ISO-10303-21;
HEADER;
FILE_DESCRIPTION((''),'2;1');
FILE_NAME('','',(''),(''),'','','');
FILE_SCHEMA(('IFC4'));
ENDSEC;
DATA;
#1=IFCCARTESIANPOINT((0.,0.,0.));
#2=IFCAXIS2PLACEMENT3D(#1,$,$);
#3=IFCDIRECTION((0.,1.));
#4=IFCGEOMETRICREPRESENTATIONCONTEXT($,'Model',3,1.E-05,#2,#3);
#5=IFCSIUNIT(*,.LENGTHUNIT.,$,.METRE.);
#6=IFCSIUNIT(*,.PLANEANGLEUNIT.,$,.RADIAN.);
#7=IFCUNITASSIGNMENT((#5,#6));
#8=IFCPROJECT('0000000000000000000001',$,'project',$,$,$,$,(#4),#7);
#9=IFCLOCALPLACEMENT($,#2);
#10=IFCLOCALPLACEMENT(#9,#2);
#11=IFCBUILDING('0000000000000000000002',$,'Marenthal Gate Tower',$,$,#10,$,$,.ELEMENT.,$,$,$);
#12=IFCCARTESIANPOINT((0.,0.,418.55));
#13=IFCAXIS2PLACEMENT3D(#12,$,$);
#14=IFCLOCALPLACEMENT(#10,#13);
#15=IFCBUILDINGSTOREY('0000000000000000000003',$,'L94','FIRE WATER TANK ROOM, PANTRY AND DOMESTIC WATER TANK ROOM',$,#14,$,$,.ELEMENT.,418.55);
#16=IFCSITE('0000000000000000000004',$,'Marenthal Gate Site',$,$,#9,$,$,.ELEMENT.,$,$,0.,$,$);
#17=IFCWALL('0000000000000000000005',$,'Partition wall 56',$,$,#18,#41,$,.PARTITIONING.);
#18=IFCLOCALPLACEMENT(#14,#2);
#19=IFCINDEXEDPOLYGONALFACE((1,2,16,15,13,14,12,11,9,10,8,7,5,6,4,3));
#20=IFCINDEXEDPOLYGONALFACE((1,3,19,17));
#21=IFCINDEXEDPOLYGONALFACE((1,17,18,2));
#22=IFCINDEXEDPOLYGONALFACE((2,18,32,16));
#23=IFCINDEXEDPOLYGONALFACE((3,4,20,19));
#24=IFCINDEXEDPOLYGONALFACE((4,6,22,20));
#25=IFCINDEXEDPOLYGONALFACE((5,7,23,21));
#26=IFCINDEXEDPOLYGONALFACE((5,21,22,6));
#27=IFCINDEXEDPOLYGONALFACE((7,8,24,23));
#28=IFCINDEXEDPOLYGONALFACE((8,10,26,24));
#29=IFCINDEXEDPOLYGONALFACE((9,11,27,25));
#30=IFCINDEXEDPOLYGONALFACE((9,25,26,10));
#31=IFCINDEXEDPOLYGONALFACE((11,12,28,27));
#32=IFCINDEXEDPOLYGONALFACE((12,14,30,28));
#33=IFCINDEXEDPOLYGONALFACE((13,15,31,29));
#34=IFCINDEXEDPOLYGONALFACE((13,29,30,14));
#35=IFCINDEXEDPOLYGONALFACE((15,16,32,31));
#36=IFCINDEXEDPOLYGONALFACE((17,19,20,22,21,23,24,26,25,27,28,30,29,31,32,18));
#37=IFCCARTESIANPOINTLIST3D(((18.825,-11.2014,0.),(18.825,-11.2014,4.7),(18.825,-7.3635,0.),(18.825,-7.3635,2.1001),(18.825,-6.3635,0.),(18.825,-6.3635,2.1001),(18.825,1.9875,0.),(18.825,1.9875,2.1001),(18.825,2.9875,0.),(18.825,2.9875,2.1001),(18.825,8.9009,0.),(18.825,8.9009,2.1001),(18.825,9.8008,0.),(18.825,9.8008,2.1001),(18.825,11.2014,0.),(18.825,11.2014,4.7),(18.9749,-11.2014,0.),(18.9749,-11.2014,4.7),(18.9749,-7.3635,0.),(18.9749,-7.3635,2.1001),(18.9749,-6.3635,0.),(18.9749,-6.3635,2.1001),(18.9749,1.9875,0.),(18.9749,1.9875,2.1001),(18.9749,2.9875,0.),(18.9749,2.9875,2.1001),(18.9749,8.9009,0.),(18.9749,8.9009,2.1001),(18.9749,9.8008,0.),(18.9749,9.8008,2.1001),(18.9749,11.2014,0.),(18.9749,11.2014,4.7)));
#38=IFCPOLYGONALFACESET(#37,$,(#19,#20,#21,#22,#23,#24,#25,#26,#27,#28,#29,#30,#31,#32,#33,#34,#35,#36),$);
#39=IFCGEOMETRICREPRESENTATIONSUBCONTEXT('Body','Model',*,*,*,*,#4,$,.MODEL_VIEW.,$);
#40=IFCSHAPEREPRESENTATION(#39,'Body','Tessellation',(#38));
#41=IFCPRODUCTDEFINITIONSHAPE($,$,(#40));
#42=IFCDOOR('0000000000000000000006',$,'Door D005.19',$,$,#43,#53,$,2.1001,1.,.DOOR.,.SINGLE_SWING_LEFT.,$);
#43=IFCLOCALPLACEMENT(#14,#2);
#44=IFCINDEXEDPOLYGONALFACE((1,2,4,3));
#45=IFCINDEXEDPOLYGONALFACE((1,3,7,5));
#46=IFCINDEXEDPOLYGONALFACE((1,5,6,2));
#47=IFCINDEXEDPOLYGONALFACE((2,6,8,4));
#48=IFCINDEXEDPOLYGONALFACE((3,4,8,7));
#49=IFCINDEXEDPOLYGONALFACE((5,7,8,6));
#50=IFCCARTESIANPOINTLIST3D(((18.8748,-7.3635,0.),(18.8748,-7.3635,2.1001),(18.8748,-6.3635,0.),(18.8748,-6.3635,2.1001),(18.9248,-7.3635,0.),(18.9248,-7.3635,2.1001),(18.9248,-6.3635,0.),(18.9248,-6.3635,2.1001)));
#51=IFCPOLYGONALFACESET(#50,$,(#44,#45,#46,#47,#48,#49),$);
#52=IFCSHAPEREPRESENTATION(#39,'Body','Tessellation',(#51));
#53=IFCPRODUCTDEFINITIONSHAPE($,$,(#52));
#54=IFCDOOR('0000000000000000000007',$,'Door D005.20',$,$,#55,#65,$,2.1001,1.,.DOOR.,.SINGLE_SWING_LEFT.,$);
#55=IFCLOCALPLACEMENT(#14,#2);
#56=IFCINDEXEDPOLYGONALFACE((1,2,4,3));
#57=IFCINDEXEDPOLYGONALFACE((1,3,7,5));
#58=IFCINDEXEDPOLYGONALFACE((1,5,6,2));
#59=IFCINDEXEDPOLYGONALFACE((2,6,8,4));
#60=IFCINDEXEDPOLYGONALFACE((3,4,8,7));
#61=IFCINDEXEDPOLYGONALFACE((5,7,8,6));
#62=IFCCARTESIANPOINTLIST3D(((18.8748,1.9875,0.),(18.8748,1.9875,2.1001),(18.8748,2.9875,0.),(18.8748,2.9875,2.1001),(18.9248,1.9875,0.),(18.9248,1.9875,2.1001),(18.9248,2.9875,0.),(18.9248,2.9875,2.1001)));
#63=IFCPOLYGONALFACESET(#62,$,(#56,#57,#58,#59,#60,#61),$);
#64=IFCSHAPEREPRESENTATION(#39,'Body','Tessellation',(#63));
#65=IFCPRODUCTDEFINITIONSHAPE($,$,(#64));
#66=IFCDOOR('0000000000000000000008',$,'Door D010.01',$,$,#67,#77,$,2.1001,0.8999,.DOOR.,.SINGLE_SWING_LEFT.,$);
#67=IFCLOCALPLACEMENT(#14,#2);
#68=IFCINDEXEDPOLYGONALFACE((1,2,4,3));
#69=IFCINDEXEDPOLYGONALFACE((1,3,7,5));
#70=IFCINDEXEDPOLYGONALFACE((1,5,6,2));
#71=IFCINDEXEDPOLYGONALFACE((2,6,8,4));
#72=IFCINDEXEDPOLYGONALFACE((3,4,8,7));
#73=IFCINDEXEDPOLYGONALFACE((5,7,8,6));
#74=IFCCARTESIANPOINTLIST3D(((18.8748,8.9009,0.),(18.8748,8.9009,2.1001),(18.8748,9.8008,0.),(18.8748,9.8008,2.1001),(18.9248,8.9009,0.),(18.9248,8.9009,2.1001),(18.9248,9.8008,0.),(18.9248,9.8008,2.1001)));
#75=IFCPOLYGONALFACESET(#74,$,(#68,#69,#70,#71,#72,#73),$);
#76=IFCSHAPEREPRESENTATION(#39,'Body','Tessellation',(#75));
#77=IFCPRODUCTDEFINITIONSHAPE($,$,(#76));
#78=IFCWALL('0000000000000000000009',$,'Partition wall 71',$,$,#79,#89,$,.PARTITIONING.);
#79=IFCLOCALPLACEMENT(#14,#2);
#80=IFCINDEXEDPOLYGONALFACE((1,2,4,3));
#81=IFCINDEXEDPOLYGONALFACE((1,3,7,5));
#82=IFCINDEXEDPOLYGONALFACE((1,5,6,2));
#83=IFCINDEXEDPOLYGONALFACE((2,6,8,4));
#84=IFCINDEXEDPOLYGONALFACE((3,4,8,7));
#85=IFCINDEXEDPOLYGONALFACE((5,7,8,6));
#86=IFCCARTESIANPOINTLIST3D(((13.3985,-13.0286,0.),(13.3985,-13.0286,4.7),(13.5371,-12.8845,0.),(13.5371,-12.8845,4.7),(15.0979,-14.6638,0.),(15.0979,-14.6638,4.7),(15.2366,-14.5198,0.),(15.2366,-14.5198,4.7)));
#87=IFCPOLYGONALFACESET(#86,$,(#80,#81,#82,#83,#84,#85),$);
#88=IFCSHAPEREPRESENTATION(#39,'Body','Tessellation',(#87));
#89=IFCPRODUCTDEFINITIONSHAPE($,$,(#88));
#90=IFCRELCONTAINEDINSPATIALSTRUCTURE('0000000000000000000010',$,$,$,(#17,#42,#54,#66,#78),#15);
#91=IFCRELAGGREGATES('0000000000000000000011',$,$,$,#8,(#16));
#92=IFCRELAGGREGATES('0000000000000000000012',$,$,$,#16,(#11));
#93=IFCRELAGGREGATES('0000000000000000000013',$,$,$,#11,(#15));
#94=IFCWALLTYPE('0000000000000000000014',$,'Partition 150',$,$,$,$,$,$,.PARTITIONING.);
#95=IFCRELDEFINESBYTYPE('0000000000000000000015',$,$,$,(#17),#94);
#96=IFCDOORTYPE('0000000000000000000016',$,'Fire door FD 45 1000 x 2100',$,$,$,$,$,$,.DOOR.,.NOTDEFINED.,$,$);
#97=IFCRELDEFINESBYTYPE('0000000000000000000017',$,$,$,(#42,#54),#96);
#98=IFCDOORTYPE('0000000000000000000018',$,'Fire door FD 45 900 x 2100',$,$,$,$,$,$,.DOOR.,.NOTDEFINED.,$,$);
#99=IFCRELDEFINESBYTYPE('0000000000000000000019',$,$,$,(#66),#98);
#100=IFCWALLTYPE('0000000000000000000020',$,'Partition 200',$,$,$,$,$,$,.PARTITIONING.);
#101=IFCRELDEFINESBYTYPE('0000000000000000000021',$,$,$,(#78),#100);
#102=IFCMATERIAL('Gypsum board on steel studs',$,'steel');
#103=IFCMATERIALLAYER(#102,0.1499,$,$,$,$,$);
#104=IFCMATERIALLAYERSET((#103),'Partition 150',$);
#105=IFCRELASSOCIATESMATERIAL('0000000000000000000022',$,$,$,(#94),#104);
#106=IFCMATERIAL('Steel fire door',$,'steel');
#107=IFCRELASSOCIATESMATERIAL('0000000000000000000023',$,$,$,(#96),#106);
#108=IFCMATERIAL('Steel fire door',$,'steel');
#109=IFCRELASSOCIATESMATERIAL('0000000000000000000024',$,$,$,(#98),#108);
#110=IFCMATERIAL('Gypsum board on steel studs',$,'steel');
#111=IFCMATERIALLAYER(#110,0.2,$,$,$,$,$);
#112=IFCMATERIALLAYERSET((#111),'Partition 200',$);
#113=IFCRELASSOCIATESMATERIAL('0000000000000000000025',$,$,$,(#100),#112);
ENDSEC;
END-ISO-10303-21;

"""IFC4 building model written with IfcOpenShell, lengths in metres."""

from ifc_helpers import new_model, si_unit, direction, frame, frame_2d, origin, place, context, subcontext, project, spatial, rectangle, extrude, material, layer, layer_set, type_object, element, fill, save


model = new_model("IFC4")

# Units and contexts
model_context = context("Model", 3, precision=1e-05, world=origin(), true_north=direction((0.0, 1.0)))
body_context = subcontext(model_context, "Body", "Model", "MODEL_VIEW")
ifc_project = project(units=[si_unit("LENGTHUNIT", "METRE"), si_unit("PLANEANGLEUNIT", "RADIAN")], contexts=[model_context])

# Site, building, storey
site_placement = place(None, origin())
site = spatial("IfcSite", under=ifc_project, at=site_placement, Name="Marenthal Gate Site", CompositionType="ELEMENT", RefElevation=0.0)
building_placement = place(site_placement, origin())
building = spatial("IfcBuilding", under=site, at=building_placement, Name="Marenthal Gate Tower", CompositionType="ELEMENT")
storey_placement = place(building_placement, frame((0.0, 0.0, 418.55)))
storey = spatial("IfcBuildingStorey", under=building, at=storey_placement, Name="L94", Description="FIRE WATER TANK ROOM, PANTRY AND DOMESTIC WATER TANK ROOM", CompositionType="ELEMENT", Elevation=418.55)

# Shared definitions
ifc_material_1 = material(Name="Gypsum board on steel studs", Category="steel")
ifc_layer_1 = layer(ifc_material_1, 0.1499)
ifc_layer_set_1 = layer_set([ifc_layer_1], Name="Partition 150")
wall_type_1 = type_object("IfcWallType", Name="Partition 150", PredefinedType="PARTITIONING", material=ifc_layer_set_1)

# Wall, openings, doors
wall_1_placement = place(storey_placement, frame((18.8999, -11.2014, 0.0), z_axis=(0.0, 0.0, 1.0), x_axis=(0.0, 1.0, 0.0)))
wall_1 = element("IfcWall", 1, at=wall_1_placement, inside=storey, type_object=wall_type_1, Name="Partition wall 56", PredefinedType="PARTITIONING", context=body_context, shape_type="SweptSolid", body=[
    extrude(rectangle(XDim=22.4028, YDim=0.1499, at=frame_2d((11.2014, 0.0))), origin(), (0.0, 0.0, 1.0), 4.7),
])
opening_1_placement = place(wall_1_placement, frame((3.8379, 0.0, 0.0)))
opening_1 = element("IfcOpeningElement", 2, at=opening_1_placement, cuts=wall_1, PredefinedType="OPENING", context=body_context, shape_type="SweptSolid", body=[
    extrude(rectangle(XDim=1.0, YDim=2.1001, at=frame_2d((0.5, 1.05))), frame((0.0, 0.085, 0.0), z_axis=(0.0, -1.0, 0.0), x_axis=(1.0, 0.0, 0.0)), (0.0, 0.0, 1.0), 0.1699),
])
opening_2_placement = place(wall_1_placement, frame((13.189, 0.0, 0.0)))
opening_2 = element("IfcOpeningElement", 3, at=opening_2_placement, cuts=wall_1, PredefinedType="OPENING", context=body_context, shape_type="SweptSolid", body=[
    extrude(rectangle(XDim=1.0, YDim=2.1001, at=frame_2d((0.5, 1.05))), frame((0.0, 0.085, 0.0), z_axis=(0.0, -1.0, 0.0), x_axis=(1.0, 0.0, 0.0)), (0.0, 0.0, 1.0), 0.1699),
])
opening_3_placement = place(wall_1_placement, frame((20.1023, 0.0, 0.0)))
opening_3 = element("IfcOpeningElement", 4, at=opening_3_placement, cuts=wall_1, PredefinedType="OPENING", context=body_context, shape_type="SweptSolid", body=[
    extrude(rectangle(XDim=0.8999, YDim=2.1001, at=frame_2d((0.45, 1.05))), frame((0.0, 0.085, 0.0), z_axis=(0.0, -1.0, 0.0), x_axis=(1.0, 0.0, 0.0)), (0.0, 0.0, 1.0), 0.1699),
])
ifc_material_2 = material(Name="Steel fire door", Category="steel")
door_type_1 = type_object("IfcDoorType", Name="Fire door FD 45 1000 x 2100", OperationType="NOTDEFINED", PredefinedType="DOOR", material=ifc_material_2)
door_1_placement = place(opening_1_placement, frame((1.0, 0.0, 0.0), z_axis=(0.0, 0.0, 1.0), x_axis=(-1.0, 0.0, 0.0)))
door_1 = element("IfcDoor", 5, at=door_1_placement, inside=storey, type_object=door_type_1, Name="Door D005.19", OperationType="SINGLE_SWING_LEFT", OverallHeight=2.1001, OverallWidth=1.0, PredefinedType="DOOR", context=body_context, shape_type="SweptSolid", body=[
    extrude(rectangle(XDim=1.0, YDim=2.1001, at=frame_2d((0.5, 1.05))), frame((0.0, 0.0249, 0.0), z_axis=(0.0, -1.0, 0.0), x_axis=(1.0, 0.0, 0.0)), (0.0, 0.0, 1.0), 0.05),
])
fill(opening_1, door_1)
door_2_placement = place(opening_2_placement, frame((1.0, 0.0, 0.0), z_axis=(0.0, 0.0, 1.0), x_axis=(-1.0, 0.0, 0.0)))
door_2 = element("IfcDoor", 6, at=door_2_placement, inside=storey, type_object=door_type_1, Name="Door D005.20", OperationType="SINGLE_SWING_LEFT", OverallHeight=2.1001, OverallWidth=1.0, PredefinedType="DOOR", context=body_context, shape_type="SweptSolid", body=[
    extrude(rectangle(XDim=1.0, YDim=2.1001, at=frame_2d((0.5, 1.05))), frame((0.0, 0.0249, 0.0), z_axis=(0.0, -1.0, 0.0), x_axis=(1.0, 0.0, 0.0)), (0.0, 0.0, 1.0), 0.05),
])
fill(opening_2, door_2)
ifc_material_3 = material(Name="Steel fire door", Category="steel")
door_type_2 = type_object("IfcDoorType", Name="Fire door FD 45 900 x 2100", OperationType="NOTDEFINED", PredefinedType="DOOR", material=ifc_material_3)
door_3_placement = place(opening_3_placement, frame((0.8999, 0.0, 0.0), z_axis=(0.0, 0.0, 1.0), x_axis=(-1.0, 0.0, 0.0)))
door_3 = element("IfcDoor", 7, at=door_3_placement, inside=storey, type_object=door_type_2, Name="Door D010.01", OperationType="SINGLE_SWING_LEFT", OverallHeight=2.1001, OverallWidth=0.8999, PredefinedType="DOOR", context=body_context, shape_type="SweptSolid", body=[
    extrude(rectangle(XDim=0.8999, YDim=2.1001, at=frame_2d((0.45, 1.05))), frame((0.0, 0.0249, 0.0), z_axis=(0.0, -1.0, 0.0), x_axis=(1.0, 0.0, 0.0)), (0.0, 0.0, 1.0), 0.05),
])
fill(opening_3, door_3)

# Wall
ifc_material_4 = material(Name="Gypsum board on steel studs", Category="steel")
ifc_layer_2 = layer(ifc_material_4, 0.2)
ifc_layer_set_2 = layer_set([ifc_layer_2], Name="Partition 200")
wall_type_2 = type_object("IfcWallType", Name="Partition 200", PredefinedType="PARTITIONING", material=ifc_layer_set_2)
wall_2_placement = place(storey_placement, frame((15.1672, -14.5918, 0.0), z_axis=(0.0, 0.0, 1.0), x_axis=(-0.720588, 0.693363, 0.0)))
element("IfcWall", 8, at=wall_2_placement, inside=storey, type_object=wall_type_2, Name="Partition wall 71", PredefinedType="PARTITIONING", context=body_context, shape_type="SweptSolid", body=[
    extrude(rectangle(XDim=2.3584, YDim=0.2, at=frame_2d((1.1792, 0.0))), origin(), (0.0, 0.0, 1.0), 4.7),
])

save(model, "model.ifc")
